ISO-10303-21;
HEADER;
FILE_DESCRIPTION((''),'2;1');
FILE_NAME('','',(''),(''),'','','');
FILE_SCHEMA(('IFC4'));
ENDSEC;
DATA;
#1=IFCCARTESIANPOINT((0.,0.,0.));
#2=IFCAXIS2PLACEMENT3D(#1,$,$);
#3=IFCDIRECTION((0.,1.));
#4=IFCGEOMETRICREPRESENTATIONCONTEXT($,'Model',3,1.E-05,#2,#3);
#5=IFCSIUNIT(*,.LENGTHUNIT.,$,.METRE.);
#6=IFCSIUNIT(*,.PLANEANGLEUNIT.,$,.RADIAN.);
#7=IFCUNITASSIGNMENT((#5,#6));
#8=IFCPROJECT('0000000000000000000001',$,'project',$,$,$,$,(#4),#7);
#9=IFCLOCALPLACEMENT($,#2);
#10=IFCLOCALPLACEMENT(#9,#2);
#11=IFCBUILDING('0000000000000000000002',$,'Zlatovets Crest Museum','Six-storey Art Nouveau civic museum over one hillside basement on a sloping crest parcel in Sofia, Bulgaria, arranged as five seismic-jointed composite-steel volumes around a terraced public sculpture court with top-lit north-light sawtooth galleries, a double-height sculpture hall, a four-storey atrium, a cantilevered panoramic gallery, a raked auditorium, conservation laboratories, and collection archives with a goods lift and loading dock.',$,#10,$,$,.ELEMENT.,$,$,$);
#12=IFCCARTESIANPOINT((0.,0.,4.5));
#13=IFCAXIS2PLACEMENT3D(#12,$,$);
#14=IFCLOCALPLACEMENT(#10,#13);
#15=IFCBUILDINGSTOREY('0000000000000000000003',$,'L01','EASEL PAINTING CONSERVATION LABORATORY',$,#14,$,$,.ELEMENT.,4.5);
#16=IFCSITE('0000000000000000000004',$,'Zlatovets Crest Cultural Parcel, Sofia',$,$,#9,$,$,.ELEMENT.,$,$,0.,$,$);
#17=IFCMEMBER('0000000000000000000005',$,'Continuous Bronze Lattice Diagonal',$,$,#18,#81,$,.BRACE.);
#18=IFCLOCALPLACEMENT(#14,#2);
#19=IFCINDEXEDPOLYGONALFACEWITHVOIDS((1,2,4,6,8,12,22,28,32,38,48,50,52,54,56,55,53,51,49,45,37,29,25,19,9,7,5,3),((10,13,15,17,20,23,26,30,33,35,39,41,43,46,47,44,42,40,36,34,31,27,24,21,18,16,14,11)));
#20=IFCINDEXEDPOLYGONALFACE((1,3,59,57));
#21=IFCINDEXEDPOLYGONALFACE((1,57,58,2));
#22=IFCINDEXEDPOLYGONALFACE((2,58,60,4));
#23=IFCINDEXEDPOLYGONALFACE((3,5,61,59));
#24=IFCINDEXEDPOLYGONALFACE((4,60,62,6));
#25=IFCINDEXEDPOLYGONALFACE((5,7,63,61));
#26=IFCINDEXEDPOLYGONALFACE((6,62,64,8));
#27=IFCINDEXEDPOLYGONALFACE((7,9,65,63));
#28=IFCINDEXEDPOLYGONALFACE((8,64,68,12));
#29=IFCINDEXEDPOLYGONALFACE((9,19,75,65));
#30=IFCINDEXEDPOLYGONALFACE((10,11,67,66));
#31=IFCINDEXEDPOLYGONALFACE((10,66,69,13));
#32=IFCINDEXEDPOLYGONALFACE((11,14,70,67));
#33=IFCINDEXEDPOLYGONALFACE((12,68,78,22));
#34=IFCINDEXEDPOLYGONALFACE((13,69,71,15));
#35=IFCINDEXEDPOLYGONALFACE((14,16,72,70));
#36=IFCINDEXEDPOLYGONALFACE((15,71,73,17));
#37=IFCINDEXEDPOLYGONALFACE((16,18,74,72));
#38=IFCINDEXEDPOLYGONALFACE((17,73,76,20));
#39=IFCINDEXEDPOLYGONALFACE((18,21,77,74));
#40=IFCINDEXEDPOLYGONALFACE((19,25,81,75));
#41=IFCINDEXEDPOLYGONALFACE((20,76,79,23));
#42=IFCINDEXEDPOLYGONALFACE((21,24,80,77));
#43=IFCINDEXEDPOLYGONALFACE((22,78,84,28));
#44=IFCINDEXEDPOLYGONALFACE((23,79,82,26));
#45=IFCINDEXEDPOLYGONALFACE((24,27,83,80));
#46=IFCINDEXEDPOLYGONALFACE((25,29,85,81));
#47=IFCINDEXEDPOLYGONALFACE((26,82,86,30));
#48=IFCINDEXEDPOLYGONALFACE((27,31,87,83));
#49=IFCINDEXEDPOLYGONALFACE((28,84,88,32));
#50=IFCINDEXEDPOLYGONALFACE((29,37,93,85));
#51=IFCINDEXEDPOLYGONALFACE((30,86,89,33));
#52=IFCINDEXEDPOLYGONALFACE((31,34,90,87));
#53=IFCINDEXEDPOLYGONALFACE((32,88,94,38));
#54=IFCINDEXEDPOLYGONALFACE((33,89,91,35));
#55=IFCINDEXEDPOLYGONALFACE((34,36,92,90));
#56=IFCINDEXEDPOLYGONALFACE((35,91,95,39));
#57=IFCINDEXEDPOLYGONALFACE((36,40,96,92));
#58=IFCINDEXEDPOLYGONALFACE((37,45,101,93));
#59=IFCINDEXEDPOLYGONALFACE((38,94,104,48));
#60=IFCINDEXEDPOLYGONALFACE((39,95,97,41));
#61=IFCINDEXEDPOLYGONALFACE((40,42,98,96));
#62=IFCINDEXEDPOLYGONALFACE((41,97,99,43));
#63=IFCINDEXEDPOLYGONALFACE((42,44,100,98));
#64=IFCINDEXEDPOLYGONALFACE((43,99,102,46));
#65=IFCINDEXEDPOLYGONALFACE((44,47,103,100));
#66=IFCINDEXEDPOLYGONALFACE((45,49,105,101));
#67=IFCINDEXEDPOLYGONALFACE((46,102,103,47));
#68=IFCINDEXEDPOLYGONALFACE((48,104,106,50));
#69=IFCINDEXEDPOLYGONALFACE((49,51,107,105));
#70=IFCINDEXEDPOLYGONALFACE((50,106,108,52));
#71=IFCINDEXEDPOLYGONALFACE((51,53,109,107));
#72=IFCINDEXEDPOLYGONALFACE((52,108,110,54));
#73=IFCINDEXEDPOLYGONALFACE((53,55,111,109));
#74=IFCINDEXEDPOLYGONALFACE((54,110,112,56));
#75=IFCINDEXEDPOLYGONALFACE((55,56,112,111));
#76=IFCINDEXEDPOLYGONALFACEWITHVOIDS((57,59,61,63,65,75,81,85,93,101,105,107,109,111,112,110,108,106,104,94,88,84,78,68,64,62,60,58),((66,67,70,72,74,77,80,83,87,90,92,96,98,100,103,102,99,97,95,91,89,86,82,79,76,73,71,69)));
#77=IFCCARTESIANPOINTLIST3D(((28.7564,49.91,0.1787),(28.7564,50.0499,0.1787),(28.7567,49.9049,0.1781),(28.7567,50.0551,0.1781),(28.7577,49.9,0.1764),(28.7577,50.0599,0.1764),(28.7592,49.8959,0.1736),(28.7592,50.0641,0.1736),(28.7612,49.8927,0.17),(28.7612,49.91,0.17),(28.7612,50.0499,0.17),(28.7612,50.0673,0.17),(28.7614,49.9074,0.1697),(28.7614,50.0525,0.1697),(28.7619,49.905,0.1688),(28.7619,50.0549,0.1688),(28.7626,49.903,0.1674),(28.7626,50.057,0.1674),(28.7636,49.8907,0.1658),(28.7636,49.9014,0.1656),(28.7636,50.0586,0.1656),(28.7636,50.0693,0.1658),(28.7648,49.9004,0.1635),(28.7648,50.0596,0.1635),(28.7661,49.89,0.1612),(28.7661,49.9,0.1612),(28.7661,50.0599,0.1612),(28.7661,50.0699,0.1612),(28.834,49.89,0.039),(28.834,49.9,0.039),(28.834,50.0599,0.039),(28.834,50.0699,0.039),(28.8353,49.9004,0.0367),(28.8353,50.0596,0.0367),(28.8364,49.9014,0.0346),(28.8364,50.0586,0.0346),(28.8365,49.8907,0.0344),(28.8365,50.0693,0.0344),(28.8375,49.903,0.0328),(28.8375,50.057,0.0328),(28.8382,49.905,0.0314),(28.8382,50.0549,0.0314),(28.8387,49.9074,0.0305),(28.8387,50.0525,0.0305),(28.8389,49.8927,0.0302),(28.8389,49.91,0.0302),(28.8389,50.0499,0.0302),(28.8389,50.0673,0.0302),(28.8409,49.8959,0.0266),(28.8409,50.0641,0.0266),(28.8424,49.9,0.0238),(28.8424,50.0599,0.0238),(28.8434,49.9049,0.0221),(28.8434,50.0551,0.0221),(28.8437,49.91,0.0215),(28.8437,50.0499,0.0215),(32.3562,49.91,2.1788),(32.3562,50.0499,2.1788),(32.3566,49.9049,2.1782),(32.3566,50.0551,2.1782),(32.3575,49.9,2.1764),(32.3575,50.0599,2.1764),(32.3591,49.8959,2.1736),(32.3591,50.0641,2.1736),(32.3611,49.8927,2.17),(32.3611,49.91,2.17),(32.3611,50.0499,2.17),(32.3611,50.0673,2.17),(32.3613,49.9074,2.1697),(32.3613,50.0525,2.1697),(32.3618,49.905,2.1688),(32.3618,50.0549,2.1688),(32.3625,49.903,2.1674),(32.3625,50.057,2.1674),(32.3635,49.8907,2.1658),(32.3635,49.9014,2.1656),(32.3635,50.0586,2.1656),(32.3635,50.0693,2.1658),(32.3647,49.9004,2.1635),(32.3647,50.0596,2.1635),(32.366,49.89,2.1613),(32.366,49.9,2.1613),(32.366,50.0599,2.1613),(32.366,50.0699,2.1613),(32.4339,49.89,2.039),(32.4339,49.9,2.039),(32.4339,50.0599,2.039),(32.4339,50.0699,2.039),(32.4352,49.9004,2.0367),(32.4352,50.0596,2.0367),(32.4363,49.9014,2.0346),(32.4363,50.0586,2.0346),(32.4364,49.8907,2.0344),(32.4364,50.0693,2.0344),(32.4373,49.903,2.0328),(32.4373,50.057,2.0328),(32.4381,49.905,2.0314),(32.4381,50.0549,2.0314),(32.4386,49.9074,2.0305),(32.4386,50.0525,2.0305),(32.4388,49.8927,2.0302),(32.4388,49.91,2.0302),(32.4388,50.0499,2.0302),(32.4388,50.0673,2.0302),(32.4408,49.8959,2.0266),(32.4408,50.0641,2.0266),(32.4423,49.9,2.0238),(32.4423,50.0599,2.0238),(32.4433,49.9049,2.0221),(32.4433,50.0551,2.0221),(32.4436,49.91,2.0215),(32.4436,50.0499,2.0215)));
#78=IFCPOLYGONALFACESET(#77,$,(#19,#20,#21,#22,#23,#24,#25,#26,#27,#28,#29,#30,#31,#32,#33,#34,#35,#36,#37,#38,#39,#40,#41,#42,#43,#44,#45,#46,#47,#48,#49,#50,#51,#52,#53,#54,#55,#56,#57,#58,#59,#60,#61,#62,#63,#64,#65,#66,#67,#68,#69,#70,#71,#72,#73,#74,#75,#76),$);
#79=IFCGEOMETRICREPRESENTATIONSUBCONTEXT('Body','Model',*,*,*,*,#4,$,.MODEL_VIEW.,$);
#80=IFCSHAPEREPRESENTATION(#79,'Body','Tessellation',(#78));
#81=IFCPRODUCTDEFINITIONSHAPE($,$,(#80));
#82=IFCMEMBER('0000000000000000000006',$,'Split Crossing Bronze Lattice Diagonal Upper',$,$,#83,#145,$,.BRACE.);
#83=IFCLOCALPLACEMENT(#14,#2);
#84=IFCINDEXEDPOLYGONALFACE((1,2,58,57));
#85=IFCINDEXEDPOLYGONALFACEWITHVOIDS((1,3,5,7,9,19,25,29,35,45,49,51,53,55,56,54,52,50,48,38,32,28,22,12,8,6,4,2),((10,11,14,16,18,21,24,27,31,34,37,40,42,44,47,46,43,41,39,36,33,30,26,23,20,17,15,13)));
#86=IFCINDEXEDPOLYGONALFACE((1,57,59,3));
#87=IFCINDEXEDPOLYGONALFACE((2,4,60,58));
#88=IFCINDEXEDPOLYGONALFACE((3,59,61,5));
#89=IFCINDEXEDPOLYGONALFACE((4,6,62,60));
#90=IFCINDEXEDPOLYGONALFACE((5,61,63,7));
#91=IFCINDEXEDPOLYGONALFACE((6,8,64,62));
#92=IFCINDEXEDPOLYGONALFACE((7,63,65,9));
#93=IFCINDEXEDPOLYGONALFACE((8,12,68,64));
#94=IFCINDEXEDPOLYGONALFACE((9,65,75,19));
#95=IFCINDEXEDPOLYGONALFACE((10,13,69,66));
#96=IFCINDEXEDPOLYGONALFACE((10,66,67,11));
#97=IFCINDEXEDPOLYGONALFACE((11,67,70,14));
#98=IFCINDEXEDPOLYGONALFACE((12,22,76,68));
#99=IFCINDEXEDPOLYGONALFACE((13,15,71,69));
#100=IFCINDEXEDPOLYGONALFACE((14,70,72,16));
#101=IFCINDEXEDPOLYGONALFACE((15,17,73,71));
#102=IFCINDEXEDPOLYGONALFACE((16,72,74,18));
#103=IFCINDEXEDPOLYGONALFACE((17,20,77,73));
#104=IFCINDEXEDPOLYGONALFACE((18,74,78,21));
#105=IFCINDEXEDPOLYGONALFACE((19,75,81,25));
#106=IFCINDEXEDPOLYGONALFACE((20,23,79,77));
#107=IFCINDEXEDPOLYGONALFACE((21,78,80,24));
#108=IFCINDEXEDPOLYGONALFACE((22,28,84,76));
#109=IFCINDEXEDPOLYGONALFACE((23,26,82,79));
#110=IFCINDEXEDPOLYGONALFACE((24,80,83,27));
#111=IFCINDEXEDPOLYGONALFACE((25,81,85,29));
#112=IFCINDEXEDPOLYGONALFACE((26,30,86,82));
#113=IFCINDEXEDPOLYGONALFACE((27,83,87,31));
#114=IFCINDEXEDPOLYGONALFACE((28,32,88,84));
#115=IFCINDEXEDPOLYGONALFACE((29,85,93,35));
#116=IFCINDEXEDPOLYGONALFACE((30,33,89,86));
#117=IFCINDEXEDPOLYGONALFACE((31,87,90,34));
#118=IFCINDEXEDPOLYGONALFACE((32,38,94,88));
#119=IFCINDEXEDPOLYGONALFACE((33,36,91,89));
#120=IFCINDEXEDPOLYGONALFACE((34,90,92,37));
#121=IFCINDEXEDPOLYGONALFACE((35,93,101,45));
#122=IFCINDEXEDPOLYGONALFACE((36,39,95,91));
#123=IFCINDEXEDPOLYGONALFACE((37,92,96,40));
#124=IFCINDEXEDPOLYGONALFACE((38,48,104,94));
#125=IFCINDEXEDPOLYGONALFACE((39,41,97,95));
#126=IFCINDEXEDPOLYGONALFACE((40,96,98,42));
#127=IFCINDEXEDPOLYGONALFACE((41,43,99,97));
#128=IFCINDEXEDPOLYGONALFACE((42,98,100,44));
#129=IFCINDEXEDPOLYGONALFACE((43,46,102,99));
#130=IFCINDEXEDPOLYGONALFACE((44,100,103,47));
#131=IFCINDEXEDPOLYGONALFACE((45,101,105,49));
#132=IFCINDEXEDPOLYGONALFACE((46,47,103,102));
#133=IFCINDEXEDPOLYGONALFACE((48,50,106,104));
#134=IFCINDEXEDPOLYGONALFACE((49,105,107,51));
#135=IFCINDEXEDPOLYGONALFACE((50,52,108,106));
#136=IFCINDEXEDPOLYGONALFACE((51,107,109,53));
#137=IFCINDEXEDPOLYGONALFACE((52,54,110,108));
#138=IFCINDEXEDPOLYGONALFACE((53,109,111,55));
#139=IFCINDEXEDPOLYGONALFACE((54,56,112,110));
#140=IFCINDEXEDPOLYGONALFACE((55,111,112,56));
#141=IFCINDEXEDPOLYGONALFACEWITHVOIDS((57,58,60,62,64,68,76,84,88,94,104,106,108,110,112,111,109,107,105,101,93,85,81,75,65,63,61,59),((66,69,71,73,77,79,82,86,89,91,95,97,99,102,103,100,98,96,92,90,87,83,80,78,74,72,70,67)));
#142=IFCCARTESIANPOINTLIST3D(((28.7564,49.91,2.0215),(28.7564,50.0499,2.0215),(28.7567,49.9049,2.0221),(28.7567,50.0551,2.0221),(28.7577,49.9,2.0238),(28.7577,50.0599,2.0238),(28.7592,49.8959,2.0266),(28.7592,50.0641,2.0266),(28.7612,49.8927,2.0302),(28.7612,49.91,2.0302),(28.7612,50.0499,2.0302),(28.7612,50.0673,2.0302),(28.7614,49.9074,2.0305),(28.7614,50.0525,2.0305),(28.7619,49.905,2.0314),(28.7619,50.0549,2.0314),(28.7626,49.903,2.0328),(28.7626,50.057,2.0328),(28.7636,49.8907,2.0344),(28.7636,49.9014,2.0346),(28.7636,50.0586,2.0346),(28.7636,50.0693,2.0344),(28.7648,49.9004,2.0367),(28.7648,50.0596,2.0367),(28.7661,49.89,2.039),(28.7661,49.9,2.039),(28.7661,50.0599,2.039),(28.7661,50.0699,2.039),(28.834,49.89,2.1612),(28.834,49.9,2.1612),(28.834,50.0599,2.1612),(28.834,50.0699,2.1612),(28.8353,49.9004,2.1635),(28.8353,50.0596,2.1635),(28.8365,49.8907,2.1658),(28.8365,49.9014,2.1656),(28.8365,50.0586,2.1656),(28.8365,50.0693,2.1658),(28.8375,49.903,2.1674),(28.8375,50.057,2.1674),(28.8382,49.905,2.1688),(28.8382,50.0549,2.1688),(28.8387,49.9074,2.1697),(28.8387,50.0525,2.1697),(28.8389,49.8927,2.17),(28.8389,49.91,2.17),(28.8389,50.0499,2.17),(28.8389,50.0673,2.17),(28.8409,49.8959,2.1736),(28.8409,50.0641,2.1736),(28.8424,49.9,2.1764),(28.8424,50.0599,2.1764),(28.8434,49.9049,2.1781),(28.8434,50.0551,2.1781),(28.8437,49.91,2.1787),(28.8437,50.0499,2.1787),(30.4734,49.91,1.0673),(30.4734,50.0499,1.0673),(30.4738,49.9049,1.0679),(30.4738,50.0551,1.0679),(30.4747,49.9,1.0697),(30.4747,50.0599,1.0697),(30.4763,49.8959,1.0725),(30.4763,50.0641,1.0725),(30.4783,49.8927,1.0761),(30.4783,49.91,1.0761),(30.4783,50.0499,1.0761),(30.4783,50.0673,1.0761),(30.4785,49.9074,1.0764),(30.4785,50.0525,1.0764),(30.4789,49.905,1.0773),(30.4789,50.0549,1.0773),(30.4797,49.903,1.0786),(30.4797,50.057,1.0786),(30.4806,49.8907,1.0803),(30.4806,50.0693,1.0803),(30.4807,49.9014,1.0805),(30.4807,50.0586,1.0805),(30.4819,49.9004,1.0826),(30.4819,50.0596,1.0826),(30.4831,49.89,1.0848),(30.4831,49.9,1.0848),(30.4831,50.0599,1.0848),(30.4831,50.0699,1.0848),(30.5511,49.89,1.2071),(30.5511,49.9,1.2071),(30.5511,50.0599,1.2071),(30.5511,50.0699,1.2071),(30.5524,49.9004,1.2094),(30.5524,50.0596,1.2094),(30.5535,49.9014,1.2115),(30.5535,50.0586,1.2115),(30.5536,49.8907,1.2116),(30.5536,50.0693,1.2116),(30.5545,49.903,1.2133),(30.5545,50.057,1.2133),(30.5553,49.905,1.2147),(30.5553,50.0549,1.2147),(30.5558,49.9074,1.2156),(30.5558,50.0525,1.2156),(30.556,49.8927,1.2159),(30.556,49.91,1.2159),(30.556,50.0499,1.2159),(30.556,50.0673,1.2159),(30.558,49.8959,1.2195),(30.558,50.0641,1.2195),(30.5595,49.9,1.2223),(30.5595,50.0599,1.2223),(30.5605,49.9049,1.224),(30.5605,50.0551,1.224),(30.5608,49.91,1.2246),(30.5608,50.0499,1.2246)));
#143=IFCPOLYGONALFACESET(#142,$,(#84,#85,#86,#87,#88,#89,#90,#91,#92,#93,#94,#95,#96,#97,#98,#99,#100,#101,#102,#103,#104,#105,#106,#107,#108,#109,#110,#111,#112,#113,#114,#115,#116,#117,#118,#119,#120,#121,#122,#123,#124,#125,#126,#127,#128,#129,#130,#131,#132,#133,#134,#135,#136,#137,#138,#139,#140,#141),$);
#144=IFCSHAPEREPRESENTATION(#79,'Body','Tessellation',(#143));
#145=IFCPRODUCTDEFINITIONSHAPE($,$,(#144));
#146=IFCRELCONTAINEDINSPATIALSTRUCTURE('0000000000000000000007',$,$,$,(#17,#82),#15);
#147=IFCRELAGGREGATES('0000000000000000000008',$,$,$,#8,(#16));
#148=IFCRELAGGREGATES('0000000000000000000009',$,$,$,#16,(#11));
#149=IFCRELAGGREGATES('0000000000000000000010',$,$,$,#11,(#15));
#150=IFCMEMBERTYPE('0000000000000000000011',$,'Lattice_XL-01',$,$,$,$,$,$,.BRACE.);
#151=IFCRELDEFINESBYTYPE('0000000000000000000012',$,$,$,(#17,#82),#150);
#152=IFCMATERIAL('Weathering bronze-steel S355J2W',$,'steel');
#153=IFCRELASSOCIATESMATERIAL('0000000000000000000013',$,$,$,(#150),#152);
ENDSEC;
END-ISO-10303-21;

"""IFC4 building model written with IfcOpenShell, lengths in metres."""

from ifc_helpers import new_model, si_unit, direction, frame, origin, origin_2d, place, context, subcontext, project, spatial, hollow_rectangle, extrude, material, material_profile, profile_set, type_object, element, save


model = new_model("IFC4")

# Units and contexts
model_context = context("Model", 3, precision=1e-05, world=origin(), true_north=direction((0.0, 1.0)))
body_context = subcontext(model_context, "Body", "Model", "MODEL_VIEW")
ifc_project = project(units=[si_unit("LENGTHUNIT", "METRE"), si_unit("PLANEANGLEUNIT", "RADIAN")], contexts=[model_context])

# Site, building, storey
site_placement = place(None, origin())
site = spatial("IfcSite", under=ifc_project, at=site_placement, Name="Zlatovets Crest Cultural Parcel, Sofia", CompositionType="ELEMENT", RefElevation=0.0)
building_placement = place(site_placement, origin())
building = spatial("IfcBuilding", under=site, at=building_placement, Name="Zlatovets Crest Museum", Description="Six-storey Art Nouveau civic museum over one hillside basement on a sloping crest parcel in Sofia, Bulgaria, arranged as five seismic-jointed composite-steel volumes around a terraced public sculpture court with top-lit north-light sawtooth galleries, a double-height sculpture hall, a four-storey atrium, a cantilevered panoramic gallery, a raked auditorium, conservation laboratories, and collection archives with a goods lift and loading dock.", CompositionType="ELEMENT")
storey_placement = place(building_placement, frame((0.0, 0.0, 4.5)))
storey = spatial("IfcBuildingStorey", under=building, at=storey_placement, Name="L01", Description="EASEL PAINTING CONSERVATION LABORATORY", CompositionType="ELEMENT", Elevation=4.5)

# Members
ifc_material_1 = material(Name="Weathering bronze-steel S355J2W", Category="steel")
ifc_material_profile_1 = material_profile(ifc_material_1, hollow_rectangle(XDim=0.1799, YDim=0.1799, WallThickness=0.01, InnerFilletRadius=0.01, OuterFilletRadius=0.02, at=origin_2d()), Name="SHS 180x180x10.0")
ifc_profile_set_1 = profile_set([ifc_material_profile_1], Name="Weathering bronze-steel S355J2W")
member_type_1 = type_object("IfcMemberType", Name="Lattice_XL-01", PredefinedType="BRACE", material=ifc_profile_set_1)
member_1_placement = place(storey_placement, frame((28.8, 49.98, 0.1001), z_axis=(0.874149, 0.0, 0.485658), x_axis=(0.0, 1.0, 0.0)))
element("IfcMember", 1, at=member_1_placement, inside=storey, type_object=member_type_1, Name="Continuous Bronze Lattice Diagonal", PredefinedType="BRACE", context=body_context, shape_type="SweptSolid", body=[
    extrude(hollow_rectangle(XDim=0.1799, YDim=0.1799, WallThickness=0.01, InnerFilletRadius=0.01, OuterFilletRadius=0.02, at=origin_2d()), origin(), (0.0, 0.0, 1.0), 4.1182),
])
member_2_placement = place(storey_placement, frame((28.8, 49.98, 2.1001), z_axis=(0.874116, 0.0, -0.485717), x_axis=(0.0, 1.0, 0.0)))
element("IfcMember", 2, at=member_2_placement, inside=storey, type_object=member_type_1, Name="Split Crossing Bronze Lattice Diagonal Upper", PredefinedType="BRACE", context=body_context, shape_type="SweptSolid", body=[
    extrude(hollow_rectangle(XDim=0.1799, YDim=0.1799, WallThickness=0.01, InnerFilletRadius=0.01, OuterFilletRadius=0.02, at=origin_2d()), origin(), (0.0, 0.0, 1.0), 1.9644),
])

save(model, "model.ifc")
